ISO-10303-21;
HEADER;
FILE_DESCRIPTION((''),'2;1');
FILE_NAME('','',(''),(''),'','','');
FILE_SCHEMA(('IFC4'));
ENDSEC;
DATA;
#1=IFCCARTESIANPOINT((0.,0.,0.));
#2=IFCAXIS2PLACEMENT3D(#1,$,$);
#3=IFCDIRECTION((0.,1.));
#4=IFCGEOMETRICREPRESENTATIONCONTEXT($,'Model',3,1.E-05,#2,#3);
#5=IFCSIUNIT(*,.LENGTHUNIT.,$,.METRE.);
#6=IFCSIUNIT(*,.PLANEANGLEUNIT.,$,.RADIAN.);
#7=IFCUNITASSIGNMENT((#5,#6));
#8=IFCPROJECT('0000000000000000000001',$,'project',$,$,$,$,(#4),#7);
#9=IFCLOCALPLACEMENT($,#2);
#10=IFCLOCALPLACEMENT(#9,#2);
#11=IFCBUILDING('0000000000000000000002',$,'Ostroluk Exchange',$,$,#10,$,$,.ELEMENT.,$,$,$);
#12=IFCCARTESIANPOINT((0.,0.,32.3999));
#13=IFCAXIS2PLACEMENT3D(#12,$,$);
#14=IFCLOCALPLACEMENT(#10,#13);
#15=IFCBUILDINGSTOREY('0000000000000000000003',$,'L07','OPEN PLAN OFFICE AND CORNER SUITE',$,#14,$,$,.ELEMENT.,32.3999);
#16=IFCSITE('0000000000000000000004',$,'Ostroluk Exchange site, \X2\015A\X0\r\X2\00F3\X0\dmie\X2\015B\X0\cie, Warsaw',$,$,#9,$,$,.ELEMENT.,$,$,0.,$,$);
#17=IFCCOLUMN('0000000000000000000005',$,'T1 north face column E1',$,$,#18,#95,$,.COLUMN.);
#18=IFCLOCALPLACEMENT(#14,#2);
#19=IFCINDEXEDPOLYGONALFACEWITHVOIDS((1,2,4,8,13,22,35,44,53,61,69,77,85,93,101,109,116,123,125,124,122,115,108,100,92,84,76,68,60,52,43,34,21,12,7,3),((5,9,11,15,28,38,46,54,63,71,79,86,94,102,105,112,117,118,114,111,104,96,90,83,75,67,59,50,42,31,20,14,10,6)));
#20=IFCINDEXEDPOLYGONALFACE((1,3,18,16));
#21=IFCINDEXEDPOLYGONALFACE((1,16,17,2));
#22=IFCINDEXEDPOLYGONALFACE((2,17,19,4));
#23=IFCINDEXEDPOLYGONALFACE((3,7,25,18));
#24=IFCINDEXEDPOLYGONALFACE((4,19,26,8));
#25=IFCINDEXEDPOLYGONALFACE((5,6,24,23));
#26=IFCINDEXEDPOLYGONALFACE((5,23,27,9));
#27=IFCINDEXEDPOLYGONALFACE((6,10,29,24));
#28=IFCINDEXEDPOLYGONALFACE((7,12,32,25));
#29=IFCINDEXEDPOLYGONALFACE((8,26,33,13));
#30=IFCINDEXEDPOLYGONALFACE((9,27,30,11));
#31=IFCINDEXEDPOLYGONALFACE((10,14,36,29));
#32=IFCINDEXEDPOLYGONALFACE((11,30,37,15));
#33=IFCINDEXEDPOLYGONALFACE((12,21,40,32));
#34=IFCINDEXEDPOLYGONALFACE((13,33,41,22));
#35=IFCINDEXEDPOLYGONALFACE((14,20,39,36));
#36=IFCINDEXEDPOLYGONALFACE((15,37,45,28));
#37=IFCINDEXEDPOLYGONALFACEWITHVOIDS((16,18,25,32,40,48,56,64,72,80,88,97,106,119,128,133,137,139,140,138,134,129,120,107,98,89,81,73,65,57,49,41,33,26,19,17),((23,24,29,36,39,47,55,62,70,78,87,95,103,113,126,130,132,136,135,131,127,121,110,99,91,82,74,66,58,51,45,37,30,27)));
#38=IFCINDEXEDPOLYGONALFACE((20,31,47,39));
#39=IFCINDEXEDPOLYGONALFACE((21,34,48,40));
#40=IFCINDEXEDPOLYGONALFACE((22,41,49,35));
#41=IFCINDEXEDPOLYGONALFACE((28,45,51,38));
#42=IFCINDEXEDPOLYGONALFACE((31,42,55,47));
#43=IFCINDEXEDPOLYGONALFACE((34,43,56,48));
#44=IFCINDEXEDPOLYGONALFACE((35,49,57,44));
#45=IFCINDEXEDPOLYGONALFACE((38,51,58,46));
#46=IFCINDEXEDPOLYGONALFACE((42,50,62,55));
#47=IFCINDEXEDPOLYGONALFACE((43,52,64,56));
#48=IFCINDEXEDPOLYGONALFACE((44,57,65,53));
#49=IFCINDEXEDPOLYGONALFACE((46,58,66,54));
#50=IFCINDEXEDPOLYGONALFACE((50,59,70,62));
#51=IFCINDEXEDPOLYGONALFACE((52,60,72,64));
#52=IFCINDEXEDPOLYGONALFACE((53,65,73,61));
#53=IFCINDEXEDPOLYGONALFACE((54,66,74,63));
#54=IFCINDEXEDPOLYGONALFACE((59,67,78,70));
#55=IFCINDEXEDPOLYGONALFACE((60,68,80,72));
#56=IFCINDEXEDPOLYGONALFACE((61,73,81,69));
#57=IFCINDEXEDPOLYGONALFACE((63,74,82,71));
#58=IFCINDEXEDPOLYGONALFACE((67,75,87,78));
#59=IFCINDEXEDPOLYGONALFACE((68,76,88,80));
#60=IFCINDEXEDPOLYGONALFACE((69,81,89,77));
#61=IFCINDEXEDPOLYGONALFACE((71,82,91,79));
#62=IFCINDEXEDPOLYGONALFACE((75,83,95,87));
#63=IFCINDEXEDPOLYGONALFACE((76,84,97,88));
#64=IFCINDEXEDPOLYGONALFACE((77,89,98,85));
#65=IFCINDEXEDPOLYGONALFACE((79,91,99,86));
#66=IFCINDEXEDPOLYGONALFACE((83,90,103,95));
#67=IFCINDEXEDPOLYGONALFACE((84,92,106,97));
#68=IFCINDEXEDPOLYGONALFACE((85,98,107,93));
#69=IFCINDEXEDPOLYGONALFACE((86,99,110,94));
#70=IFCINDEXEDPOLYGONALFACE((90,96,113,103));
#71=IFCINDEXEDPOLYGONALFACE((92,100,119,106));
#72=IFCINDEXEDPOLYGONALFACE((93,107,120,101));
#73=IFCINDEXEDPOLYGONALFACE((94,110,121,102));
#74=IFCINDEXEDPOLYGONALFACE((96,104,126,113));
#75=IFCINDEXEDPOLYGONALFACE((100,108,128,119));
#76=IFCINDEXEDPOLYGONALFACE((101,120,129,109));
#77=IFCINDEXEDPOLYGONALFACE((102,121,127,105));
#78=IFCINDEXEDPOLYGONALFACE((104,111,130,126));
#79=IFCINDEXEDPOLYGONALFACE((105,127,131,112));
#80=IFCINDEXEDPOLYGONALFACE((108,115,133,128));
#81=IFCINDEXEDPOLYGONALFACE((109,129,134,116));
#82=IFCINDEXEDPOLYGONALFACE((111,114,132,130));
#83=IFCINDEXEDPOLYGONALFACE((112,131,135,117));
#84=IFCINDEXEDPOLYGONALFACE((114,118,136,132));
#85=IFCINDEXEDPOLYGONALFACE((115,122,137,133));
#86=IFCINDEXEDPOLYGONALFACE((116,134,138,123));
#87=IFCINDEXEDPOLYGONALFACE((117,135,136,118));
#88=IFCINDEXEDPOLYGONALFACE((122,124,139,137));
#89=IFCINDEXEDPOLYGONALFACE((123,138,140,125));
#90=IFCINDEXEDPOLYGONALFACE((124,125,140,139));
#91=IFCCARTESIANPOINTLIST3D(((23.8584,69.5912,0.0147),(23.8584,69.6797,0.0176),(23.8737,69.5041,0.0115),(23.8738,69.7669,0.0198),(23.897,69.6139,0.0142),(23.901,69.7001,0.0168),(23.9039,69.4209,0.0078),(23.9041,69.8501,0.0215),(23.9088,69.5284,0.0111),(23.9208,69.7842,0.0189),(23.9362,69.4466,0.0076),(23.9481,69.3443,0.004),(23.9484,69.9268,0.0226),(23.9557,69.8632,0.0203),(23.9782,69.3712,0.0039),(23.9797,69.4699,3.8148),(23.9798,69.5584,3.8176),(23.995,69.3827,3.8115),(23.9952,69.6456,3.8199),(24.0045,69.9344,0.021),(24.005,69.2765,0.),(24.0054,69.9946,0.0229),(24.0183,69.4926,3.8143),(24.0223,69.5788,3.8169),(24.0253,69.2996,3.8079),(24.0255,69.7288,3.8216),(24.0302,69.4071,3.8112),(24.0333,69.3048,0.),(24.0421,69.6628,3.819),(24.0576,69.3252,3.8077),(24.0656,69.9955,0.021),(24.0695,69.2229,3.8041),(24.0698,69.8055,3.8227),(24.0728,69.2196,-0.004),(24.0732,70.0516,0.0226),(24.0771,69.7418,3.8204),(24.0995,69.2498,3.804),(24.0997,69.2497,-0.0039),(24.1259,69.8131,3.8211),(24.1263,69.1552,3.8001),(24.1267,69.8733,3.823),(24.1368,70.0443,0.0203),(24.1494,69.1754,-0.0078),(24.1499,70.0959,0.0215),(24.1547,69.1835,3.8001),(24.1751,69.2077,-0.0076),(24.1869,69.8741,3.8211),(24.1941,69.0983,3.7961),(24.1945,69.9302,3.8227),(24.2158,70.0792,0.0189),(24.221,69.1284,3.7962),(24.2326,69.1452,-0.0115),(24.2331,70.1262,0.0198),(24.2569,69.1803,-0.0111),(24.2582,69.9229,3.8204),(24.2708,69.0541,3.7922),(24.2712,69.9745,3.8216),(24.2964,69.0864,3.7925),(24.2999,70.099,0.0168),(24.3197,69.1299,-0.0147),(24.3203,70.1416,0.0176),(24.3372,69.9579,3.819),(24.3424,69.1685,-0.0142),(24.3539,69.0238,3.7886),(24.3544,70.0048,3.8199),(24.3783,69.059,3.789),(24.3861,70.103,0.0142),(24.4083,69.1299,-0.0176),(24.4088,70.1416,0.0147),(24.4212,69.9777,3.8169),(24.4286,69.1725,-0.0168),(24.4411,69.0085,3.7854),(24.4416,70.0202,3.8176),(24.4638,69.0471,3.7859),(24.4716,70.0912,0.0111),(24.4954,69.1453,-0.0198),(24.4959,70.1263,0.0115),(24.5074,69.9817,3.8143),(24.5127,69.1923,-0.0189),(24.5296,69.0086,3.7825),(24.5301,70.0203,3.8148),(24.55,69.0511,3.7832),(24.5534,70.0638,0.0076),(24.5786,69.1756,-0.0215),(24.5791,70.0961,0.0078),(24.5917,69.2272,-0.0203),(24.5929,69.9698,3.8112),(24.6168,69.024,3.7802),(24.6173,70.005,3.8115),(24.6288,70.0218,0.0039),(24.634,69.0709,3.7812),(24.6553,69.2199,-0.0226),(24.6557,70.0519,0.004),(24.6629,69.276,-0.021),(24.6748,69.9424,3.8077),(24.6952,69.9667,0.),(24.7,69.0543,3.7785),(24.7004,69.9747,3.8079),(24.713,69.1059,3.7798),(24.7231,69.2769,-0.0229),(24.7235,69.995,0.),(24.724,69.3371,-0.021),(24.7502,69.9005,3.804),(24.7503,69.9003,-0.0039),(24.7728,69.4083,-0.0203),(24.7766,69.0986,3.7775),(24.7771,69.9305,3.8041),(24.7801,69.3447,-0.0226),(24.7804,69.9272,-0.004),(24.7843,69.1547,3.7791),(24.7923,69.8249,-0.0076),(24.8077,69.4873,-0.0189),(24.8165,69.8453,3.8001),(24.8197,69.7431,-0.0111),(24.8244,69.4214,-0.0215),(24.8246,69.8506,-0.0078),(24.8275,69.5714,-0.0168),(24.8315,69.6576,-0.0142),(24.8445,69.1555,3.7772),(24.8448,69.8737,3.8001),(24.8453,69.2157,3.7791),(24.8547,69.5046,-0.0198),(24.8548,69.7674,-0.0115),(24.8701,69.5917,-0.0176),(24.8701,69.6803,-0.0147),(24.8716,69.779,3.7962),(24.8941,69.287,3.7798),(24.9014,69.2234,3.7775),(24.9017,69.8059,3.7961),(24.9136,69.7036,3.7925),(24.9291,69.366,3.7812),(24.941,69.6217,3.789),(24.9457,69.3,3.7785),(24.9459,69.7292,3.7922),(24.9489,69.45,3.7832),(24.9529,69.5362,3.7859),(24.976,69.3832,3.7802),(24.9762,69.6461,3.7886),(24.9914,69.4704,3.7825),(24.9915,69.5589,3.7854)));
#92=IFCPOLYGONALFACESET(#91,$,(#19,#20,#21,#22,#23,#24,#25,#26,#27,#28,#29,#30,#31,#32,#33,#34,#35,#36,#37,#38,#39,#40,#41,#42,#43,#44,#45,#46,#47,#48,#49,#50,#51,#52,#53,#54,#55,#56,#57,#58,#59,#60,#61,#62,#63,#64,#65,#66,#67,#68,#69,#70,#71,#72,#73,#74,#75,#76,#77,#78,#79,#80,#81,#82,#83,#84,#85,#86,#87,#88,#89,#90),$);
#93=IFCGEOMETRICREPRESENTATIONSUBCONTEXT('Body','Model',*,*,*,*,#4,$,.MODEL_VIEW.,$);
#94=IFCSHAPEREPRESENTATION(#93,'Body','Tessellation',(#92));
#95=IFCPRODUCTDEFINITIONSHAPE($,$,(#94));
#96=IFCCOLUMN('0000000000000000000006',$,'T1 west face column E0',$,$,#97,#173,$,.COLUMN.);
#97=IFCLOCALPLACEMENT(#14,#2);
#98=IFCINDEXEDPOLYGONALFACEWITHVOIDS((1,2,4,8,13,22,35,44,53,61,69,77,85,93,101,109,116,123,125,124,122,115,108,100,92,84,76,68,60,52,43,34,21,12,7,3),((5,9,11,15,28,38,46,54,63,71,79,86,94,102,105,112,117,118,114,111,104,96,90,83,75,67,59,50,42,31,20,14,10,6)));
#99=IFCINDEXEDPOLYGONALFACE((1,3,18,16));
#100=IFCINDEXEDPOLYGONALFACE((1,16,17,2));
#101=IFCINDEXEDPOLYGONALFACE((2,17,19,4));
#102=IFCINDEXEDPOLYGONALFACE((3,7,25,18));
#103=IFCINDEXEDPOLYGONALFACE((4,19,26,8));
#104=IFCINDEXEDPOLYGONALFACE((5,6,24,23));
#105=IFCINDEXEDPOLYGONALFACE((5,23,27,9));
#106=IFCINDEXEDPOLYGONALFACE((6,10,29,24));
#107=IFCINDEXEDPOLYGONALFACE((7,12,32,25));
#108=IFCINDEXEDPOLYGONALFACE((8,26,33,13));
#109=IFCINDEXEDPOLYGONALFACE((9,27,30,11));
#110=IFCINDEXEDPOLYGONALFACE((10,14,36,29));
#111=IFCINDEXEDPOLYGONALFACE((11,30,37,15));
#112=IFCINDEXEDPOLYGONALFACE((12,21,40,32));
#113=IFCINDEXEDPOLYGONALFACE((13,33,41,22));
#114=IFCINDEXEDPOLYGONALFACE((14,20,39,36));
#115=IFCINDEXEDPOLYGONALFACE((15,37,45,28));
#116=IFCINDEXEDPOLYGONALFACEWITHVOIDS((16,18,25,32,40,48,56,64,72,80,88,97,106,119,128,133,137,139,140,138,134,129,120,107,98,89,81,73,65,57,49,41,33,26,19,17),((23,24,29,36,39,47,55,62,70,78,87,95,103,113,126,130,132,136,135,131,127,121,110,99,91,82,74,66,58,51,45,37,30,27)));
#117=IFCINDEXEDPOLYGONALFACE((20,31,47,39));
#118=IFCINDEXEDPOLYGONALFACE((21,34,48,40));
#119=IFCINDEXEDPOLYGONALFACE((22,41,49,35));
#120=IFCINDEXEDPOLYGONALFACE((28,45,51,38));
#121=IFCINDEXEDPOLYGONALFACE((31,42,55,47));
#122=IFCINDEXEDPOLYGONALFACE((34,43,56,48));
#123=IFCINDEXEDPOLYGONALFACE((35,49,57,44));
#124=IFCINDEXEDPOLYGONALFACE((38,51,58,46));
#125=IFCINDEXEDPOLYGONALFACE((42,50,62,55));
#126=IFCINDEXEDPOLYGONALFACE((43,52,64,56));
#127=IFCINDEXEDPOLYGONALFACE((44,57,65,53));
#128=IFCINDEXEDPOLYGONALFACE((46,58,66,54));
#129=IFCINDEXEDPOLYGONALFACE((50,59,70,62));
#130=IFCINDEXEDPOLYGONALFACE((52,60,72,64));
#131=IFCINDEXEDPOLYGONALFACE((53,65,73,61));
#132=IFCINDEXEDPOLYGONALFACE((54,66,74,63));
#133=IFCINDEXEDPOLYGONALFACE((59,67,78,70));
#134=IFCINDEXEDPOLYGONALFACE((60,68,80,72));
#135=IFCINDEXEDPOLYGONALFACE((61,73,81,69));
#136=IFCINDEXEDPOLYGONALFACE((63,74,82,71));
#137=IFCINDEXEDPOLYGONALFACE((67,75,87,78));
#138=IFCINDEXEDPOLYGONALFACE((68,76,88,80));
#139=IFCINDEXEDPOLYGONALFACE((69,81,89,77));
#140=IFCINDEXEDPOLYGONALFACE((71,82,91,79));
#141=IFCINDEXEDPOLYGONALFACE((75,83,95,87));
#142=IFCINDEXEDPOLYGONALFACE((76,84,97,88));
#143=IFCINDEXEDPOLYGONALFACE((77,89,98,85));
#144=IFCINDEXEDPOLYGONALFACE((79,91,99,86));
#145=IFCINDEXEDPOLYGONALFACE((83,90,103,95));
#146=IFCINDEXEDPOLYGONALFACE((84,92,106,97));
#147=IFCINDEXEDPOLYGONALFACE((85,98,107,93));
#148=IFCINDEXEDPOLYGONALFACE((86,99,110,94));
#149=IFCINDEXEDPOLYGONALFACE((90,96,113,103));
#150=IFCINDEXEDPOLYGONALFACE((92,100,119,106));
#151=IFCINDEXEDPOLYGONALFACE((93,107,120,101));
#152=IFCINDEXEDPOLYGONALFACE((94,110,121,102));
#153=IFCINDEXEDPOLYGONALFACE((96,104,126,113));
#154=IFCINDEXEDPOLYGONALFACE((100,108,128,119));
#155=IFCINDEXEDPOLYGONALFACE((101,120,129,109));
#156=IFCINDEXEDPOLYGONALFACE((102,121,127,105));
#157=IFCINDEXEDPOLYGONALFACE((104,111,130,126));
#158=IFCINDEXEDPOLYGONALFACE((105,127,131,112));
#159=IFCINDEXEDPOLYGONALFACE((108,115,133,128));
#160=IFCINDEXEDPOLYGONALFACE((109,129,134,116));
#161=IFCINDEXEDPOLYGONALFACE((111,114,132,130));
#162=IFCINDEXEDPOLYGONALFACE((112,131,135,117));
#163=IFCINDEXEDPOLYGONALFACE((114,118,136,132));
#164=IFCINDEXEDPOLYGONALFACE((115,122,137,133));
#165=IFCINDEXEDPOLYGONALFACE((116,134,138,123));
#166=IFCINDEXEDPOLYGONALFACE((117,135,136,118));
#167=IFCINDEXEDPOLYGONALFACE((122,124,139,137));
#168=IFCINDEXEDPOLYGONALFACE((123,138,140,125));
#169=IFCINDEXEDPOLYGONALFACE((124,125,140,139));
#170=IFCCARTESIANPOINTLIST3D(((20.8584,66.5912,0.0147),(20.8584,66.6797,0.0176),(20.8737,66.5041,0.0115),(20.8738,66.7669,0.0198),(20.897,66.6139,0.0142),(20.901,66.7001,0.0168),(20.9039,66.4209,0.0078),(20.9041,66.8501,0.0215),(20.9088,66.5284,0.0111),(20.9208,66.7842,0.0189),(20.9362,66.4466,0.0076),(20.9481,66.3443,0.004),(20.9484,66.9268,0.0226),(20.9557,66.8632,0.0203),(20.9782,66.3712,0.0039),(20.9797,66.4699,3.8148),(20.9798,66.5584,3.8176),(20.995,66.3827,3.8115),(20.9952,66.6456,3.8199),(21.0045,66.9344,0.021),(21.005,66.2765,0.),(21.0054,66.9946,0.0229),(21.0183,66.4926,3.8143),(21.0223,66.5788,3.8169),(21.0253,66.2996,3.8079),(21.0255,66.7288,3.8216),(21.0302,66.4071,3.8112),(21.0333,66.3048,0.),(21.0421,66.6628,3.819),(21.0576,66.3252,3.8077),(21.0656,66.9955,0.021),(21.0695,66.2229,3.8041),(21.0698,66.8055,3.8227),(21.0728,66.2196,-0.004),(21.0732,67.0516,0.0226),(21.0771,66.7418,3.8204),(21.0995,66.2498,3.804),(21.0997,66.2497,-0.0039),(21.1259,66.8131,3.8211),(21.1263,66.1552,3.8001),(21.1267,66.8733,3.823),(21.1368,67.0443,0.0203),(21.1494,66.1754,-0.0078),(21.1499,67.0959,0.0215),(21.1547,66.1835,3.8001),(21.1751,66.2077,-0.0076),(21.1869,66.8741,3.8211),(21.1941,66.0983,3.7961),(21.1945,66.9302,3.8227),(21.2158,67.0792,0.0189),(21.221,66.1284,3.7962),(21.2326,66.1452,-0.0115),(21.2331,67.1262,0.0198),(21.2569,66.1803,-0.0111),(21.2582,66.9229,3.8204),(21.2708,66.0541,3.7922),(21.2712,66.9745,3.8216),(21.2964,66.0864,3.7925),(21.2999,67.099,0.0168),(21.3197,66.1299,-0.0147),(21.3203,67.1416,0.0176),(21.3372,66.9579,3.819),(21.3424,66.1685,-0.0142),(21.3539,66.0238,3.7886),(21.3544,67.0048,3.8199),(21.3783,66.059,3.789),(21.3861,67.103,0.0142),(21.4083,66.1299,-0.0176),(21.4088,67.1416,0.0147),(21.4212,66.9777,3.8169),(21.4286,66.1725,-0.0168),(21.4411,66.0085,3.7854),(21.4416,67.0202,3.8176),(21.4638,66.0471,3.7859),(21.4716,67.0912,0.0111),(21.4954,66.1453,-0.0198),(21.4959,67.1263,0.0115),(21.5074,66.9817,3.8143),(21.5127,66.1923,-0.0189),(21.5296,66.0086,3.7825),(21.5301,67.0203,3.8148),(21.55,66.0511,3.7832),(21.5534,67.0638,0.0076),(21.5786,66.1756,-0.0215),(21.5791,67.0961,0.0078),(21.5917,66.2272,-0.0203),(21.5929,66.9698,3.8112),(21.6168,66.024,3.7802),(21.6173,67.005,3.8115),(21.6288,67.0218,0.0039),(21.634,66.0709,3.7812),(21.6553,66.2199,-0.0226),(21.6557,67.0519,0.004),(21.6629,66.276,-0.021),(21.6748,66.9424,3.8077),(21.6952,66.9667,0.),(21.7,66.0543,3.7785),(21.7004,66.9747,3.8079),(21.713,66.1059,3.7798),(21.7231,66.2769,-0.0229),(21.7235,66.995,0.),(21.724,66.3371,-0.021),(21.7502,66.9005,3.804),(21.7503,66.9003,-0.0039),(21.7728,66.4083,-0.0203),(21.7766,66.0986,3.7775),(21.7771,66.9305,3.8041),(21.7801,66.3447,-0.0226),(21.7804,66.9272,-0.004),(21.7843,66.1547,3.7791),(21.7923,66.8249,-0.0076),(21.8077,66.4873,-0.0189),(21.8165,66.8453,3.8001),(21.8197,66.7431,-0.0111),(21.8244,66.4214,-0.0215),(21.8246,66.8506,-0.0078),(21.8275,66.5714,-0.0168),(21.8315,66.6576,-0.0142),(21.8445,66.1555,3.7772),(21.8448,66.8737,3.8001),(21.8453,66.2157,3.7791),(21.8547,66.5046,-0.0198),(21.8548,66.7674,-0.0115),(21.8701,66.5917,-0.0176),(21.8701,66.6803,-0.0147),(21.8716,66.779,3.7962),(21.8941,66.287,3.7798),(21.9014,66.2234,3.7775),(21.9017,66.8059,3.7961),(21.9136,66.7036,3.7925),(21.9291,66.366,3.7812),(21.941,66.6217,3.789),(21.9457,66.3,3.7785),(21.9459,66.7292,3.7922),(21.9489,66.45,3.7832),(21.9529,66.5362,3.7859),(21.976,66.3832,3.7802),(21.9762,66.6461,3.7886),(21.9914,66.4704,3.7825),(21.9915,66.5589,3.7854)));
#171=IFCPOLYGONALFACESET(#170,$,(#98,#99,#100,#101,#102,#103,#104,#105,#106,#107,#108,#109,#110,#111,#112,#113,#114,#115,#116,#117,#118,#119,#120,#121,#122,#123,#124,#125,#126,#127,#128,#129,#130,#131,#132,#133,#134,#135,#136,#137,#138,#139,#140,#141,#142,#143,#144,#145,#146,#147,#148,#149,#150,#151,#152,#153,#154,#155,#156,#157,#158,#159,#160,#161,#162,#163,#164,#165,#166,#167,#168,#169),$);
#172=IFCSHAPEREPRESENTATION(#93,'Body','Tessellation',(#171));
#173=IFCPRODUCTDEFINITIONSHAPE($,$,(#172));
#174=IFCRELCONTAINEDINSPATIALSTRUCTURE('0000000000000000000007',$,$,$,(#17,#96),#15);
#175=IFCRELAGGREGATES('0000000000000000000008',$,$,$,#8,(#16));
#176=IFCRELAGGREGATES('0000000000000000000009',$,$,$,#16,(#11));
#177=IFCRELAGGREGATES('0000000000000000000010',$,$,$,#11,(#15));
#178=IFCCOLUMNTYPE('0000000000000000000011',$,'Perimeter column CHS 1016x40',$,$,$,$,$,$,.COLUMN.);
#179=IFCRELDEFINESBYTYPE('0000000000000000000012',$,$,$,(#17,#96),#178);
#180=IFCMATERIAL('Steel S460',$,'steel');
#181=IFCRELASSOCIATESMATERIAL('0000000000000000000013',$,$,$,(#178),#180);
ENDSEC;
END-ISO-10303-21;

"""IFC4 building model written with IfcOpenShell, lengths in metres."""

from ifc_helpers import new_model, si_unit, direction, frame, origin, origin_2d, place, context, subcontext, project, spatial, hollow_circle, extrude, material, material_profile, profile_set, type_object, element, save


model = new_model("IFC4")

# Units and contexts
model_context = context("Model", 3, precision=1e-05, world=origin(), true_north=direction((0.0, 1.0)))
body_context = subcontext(model_context, "Body", "Model", "MODEL_VIEW")
ifc_project = project(units=[si_unit("LENGTHUNIT", "METRE"), si_unit("PLANEANGLEUNIT", "RADIAN")], contexts=[model_context])

# Site, building, storey
site_placement = place(None, origin())
site = spatial("IfcSite", under=ifc_project, at=site_placement, Name="Ostroluk Exchange site, Śródmieście, Warsaw", CompositionType="ELEMENT", RefElevation=0.0)
building_placement = place(site_placement, origin())
building = spatial("IfcBuilding", under=site, at=building_placement, Name="Ostroluk Exchange", CompositionType="ELEMENT")
storey_placement = place(building_placement, frame((0.0, 0.0, 32.3999)))
storey = spatial("IfcBuildingStorey", under=building, at=storey_placement, Name="L07", Description="OPEN PLAN OFFICE AND CORNER SUITE", CompositionType="ELEMENT", Elevation=32.3999)

# Columns
ifc_material_1 = material(Name="Steel S460", Category="steel")
ifc_material_profile_1 = material_profile(ifc_material_1, hollow_circle(Radius=0.5081, WallThickness=0.04, at=origin_2d()), Name="CHS 1016x40")
ifc_profile_set_1 = profile_set([ifc_material_profile_1], Name="Steel S460")
column_type = type_object("IfcColumnType", Name="Perimeter column CHS 1016x40", PredefinedType="COLUMN", material=ifc_profile_set_1)
for number, where, z_axis, x_axis, name in (
    (1, (24.3643, 69.6357, 0.0), (0.031898, -0.031898, 0.998982), (0.707107, 0.707107, 0.0), "T1 north face column E1"),
    (2, (21.3643, 66.6357, 0.0), (0.031898, -0.031898, 0.998982), (0.707107, 0.707107, 0.0), "T1 west face column E0"),
):
    element("IfcColumn", number, at=place(storey_placement, frame(where, z_axis=z_axis, x_axis=x_axis)), inside=storey, type_object=column_type, Name=name, PredefinedType="COLUMN", context=body_context, shape_type="SweptSolid", body=[
        extrude(hollow_circle(Radius=0.5081, WallThickness=0.04, at=origin_2d()), origin(), (0.0, 0.0, 1.0), 3.804),
    ])

save(model, "model.ifc")
